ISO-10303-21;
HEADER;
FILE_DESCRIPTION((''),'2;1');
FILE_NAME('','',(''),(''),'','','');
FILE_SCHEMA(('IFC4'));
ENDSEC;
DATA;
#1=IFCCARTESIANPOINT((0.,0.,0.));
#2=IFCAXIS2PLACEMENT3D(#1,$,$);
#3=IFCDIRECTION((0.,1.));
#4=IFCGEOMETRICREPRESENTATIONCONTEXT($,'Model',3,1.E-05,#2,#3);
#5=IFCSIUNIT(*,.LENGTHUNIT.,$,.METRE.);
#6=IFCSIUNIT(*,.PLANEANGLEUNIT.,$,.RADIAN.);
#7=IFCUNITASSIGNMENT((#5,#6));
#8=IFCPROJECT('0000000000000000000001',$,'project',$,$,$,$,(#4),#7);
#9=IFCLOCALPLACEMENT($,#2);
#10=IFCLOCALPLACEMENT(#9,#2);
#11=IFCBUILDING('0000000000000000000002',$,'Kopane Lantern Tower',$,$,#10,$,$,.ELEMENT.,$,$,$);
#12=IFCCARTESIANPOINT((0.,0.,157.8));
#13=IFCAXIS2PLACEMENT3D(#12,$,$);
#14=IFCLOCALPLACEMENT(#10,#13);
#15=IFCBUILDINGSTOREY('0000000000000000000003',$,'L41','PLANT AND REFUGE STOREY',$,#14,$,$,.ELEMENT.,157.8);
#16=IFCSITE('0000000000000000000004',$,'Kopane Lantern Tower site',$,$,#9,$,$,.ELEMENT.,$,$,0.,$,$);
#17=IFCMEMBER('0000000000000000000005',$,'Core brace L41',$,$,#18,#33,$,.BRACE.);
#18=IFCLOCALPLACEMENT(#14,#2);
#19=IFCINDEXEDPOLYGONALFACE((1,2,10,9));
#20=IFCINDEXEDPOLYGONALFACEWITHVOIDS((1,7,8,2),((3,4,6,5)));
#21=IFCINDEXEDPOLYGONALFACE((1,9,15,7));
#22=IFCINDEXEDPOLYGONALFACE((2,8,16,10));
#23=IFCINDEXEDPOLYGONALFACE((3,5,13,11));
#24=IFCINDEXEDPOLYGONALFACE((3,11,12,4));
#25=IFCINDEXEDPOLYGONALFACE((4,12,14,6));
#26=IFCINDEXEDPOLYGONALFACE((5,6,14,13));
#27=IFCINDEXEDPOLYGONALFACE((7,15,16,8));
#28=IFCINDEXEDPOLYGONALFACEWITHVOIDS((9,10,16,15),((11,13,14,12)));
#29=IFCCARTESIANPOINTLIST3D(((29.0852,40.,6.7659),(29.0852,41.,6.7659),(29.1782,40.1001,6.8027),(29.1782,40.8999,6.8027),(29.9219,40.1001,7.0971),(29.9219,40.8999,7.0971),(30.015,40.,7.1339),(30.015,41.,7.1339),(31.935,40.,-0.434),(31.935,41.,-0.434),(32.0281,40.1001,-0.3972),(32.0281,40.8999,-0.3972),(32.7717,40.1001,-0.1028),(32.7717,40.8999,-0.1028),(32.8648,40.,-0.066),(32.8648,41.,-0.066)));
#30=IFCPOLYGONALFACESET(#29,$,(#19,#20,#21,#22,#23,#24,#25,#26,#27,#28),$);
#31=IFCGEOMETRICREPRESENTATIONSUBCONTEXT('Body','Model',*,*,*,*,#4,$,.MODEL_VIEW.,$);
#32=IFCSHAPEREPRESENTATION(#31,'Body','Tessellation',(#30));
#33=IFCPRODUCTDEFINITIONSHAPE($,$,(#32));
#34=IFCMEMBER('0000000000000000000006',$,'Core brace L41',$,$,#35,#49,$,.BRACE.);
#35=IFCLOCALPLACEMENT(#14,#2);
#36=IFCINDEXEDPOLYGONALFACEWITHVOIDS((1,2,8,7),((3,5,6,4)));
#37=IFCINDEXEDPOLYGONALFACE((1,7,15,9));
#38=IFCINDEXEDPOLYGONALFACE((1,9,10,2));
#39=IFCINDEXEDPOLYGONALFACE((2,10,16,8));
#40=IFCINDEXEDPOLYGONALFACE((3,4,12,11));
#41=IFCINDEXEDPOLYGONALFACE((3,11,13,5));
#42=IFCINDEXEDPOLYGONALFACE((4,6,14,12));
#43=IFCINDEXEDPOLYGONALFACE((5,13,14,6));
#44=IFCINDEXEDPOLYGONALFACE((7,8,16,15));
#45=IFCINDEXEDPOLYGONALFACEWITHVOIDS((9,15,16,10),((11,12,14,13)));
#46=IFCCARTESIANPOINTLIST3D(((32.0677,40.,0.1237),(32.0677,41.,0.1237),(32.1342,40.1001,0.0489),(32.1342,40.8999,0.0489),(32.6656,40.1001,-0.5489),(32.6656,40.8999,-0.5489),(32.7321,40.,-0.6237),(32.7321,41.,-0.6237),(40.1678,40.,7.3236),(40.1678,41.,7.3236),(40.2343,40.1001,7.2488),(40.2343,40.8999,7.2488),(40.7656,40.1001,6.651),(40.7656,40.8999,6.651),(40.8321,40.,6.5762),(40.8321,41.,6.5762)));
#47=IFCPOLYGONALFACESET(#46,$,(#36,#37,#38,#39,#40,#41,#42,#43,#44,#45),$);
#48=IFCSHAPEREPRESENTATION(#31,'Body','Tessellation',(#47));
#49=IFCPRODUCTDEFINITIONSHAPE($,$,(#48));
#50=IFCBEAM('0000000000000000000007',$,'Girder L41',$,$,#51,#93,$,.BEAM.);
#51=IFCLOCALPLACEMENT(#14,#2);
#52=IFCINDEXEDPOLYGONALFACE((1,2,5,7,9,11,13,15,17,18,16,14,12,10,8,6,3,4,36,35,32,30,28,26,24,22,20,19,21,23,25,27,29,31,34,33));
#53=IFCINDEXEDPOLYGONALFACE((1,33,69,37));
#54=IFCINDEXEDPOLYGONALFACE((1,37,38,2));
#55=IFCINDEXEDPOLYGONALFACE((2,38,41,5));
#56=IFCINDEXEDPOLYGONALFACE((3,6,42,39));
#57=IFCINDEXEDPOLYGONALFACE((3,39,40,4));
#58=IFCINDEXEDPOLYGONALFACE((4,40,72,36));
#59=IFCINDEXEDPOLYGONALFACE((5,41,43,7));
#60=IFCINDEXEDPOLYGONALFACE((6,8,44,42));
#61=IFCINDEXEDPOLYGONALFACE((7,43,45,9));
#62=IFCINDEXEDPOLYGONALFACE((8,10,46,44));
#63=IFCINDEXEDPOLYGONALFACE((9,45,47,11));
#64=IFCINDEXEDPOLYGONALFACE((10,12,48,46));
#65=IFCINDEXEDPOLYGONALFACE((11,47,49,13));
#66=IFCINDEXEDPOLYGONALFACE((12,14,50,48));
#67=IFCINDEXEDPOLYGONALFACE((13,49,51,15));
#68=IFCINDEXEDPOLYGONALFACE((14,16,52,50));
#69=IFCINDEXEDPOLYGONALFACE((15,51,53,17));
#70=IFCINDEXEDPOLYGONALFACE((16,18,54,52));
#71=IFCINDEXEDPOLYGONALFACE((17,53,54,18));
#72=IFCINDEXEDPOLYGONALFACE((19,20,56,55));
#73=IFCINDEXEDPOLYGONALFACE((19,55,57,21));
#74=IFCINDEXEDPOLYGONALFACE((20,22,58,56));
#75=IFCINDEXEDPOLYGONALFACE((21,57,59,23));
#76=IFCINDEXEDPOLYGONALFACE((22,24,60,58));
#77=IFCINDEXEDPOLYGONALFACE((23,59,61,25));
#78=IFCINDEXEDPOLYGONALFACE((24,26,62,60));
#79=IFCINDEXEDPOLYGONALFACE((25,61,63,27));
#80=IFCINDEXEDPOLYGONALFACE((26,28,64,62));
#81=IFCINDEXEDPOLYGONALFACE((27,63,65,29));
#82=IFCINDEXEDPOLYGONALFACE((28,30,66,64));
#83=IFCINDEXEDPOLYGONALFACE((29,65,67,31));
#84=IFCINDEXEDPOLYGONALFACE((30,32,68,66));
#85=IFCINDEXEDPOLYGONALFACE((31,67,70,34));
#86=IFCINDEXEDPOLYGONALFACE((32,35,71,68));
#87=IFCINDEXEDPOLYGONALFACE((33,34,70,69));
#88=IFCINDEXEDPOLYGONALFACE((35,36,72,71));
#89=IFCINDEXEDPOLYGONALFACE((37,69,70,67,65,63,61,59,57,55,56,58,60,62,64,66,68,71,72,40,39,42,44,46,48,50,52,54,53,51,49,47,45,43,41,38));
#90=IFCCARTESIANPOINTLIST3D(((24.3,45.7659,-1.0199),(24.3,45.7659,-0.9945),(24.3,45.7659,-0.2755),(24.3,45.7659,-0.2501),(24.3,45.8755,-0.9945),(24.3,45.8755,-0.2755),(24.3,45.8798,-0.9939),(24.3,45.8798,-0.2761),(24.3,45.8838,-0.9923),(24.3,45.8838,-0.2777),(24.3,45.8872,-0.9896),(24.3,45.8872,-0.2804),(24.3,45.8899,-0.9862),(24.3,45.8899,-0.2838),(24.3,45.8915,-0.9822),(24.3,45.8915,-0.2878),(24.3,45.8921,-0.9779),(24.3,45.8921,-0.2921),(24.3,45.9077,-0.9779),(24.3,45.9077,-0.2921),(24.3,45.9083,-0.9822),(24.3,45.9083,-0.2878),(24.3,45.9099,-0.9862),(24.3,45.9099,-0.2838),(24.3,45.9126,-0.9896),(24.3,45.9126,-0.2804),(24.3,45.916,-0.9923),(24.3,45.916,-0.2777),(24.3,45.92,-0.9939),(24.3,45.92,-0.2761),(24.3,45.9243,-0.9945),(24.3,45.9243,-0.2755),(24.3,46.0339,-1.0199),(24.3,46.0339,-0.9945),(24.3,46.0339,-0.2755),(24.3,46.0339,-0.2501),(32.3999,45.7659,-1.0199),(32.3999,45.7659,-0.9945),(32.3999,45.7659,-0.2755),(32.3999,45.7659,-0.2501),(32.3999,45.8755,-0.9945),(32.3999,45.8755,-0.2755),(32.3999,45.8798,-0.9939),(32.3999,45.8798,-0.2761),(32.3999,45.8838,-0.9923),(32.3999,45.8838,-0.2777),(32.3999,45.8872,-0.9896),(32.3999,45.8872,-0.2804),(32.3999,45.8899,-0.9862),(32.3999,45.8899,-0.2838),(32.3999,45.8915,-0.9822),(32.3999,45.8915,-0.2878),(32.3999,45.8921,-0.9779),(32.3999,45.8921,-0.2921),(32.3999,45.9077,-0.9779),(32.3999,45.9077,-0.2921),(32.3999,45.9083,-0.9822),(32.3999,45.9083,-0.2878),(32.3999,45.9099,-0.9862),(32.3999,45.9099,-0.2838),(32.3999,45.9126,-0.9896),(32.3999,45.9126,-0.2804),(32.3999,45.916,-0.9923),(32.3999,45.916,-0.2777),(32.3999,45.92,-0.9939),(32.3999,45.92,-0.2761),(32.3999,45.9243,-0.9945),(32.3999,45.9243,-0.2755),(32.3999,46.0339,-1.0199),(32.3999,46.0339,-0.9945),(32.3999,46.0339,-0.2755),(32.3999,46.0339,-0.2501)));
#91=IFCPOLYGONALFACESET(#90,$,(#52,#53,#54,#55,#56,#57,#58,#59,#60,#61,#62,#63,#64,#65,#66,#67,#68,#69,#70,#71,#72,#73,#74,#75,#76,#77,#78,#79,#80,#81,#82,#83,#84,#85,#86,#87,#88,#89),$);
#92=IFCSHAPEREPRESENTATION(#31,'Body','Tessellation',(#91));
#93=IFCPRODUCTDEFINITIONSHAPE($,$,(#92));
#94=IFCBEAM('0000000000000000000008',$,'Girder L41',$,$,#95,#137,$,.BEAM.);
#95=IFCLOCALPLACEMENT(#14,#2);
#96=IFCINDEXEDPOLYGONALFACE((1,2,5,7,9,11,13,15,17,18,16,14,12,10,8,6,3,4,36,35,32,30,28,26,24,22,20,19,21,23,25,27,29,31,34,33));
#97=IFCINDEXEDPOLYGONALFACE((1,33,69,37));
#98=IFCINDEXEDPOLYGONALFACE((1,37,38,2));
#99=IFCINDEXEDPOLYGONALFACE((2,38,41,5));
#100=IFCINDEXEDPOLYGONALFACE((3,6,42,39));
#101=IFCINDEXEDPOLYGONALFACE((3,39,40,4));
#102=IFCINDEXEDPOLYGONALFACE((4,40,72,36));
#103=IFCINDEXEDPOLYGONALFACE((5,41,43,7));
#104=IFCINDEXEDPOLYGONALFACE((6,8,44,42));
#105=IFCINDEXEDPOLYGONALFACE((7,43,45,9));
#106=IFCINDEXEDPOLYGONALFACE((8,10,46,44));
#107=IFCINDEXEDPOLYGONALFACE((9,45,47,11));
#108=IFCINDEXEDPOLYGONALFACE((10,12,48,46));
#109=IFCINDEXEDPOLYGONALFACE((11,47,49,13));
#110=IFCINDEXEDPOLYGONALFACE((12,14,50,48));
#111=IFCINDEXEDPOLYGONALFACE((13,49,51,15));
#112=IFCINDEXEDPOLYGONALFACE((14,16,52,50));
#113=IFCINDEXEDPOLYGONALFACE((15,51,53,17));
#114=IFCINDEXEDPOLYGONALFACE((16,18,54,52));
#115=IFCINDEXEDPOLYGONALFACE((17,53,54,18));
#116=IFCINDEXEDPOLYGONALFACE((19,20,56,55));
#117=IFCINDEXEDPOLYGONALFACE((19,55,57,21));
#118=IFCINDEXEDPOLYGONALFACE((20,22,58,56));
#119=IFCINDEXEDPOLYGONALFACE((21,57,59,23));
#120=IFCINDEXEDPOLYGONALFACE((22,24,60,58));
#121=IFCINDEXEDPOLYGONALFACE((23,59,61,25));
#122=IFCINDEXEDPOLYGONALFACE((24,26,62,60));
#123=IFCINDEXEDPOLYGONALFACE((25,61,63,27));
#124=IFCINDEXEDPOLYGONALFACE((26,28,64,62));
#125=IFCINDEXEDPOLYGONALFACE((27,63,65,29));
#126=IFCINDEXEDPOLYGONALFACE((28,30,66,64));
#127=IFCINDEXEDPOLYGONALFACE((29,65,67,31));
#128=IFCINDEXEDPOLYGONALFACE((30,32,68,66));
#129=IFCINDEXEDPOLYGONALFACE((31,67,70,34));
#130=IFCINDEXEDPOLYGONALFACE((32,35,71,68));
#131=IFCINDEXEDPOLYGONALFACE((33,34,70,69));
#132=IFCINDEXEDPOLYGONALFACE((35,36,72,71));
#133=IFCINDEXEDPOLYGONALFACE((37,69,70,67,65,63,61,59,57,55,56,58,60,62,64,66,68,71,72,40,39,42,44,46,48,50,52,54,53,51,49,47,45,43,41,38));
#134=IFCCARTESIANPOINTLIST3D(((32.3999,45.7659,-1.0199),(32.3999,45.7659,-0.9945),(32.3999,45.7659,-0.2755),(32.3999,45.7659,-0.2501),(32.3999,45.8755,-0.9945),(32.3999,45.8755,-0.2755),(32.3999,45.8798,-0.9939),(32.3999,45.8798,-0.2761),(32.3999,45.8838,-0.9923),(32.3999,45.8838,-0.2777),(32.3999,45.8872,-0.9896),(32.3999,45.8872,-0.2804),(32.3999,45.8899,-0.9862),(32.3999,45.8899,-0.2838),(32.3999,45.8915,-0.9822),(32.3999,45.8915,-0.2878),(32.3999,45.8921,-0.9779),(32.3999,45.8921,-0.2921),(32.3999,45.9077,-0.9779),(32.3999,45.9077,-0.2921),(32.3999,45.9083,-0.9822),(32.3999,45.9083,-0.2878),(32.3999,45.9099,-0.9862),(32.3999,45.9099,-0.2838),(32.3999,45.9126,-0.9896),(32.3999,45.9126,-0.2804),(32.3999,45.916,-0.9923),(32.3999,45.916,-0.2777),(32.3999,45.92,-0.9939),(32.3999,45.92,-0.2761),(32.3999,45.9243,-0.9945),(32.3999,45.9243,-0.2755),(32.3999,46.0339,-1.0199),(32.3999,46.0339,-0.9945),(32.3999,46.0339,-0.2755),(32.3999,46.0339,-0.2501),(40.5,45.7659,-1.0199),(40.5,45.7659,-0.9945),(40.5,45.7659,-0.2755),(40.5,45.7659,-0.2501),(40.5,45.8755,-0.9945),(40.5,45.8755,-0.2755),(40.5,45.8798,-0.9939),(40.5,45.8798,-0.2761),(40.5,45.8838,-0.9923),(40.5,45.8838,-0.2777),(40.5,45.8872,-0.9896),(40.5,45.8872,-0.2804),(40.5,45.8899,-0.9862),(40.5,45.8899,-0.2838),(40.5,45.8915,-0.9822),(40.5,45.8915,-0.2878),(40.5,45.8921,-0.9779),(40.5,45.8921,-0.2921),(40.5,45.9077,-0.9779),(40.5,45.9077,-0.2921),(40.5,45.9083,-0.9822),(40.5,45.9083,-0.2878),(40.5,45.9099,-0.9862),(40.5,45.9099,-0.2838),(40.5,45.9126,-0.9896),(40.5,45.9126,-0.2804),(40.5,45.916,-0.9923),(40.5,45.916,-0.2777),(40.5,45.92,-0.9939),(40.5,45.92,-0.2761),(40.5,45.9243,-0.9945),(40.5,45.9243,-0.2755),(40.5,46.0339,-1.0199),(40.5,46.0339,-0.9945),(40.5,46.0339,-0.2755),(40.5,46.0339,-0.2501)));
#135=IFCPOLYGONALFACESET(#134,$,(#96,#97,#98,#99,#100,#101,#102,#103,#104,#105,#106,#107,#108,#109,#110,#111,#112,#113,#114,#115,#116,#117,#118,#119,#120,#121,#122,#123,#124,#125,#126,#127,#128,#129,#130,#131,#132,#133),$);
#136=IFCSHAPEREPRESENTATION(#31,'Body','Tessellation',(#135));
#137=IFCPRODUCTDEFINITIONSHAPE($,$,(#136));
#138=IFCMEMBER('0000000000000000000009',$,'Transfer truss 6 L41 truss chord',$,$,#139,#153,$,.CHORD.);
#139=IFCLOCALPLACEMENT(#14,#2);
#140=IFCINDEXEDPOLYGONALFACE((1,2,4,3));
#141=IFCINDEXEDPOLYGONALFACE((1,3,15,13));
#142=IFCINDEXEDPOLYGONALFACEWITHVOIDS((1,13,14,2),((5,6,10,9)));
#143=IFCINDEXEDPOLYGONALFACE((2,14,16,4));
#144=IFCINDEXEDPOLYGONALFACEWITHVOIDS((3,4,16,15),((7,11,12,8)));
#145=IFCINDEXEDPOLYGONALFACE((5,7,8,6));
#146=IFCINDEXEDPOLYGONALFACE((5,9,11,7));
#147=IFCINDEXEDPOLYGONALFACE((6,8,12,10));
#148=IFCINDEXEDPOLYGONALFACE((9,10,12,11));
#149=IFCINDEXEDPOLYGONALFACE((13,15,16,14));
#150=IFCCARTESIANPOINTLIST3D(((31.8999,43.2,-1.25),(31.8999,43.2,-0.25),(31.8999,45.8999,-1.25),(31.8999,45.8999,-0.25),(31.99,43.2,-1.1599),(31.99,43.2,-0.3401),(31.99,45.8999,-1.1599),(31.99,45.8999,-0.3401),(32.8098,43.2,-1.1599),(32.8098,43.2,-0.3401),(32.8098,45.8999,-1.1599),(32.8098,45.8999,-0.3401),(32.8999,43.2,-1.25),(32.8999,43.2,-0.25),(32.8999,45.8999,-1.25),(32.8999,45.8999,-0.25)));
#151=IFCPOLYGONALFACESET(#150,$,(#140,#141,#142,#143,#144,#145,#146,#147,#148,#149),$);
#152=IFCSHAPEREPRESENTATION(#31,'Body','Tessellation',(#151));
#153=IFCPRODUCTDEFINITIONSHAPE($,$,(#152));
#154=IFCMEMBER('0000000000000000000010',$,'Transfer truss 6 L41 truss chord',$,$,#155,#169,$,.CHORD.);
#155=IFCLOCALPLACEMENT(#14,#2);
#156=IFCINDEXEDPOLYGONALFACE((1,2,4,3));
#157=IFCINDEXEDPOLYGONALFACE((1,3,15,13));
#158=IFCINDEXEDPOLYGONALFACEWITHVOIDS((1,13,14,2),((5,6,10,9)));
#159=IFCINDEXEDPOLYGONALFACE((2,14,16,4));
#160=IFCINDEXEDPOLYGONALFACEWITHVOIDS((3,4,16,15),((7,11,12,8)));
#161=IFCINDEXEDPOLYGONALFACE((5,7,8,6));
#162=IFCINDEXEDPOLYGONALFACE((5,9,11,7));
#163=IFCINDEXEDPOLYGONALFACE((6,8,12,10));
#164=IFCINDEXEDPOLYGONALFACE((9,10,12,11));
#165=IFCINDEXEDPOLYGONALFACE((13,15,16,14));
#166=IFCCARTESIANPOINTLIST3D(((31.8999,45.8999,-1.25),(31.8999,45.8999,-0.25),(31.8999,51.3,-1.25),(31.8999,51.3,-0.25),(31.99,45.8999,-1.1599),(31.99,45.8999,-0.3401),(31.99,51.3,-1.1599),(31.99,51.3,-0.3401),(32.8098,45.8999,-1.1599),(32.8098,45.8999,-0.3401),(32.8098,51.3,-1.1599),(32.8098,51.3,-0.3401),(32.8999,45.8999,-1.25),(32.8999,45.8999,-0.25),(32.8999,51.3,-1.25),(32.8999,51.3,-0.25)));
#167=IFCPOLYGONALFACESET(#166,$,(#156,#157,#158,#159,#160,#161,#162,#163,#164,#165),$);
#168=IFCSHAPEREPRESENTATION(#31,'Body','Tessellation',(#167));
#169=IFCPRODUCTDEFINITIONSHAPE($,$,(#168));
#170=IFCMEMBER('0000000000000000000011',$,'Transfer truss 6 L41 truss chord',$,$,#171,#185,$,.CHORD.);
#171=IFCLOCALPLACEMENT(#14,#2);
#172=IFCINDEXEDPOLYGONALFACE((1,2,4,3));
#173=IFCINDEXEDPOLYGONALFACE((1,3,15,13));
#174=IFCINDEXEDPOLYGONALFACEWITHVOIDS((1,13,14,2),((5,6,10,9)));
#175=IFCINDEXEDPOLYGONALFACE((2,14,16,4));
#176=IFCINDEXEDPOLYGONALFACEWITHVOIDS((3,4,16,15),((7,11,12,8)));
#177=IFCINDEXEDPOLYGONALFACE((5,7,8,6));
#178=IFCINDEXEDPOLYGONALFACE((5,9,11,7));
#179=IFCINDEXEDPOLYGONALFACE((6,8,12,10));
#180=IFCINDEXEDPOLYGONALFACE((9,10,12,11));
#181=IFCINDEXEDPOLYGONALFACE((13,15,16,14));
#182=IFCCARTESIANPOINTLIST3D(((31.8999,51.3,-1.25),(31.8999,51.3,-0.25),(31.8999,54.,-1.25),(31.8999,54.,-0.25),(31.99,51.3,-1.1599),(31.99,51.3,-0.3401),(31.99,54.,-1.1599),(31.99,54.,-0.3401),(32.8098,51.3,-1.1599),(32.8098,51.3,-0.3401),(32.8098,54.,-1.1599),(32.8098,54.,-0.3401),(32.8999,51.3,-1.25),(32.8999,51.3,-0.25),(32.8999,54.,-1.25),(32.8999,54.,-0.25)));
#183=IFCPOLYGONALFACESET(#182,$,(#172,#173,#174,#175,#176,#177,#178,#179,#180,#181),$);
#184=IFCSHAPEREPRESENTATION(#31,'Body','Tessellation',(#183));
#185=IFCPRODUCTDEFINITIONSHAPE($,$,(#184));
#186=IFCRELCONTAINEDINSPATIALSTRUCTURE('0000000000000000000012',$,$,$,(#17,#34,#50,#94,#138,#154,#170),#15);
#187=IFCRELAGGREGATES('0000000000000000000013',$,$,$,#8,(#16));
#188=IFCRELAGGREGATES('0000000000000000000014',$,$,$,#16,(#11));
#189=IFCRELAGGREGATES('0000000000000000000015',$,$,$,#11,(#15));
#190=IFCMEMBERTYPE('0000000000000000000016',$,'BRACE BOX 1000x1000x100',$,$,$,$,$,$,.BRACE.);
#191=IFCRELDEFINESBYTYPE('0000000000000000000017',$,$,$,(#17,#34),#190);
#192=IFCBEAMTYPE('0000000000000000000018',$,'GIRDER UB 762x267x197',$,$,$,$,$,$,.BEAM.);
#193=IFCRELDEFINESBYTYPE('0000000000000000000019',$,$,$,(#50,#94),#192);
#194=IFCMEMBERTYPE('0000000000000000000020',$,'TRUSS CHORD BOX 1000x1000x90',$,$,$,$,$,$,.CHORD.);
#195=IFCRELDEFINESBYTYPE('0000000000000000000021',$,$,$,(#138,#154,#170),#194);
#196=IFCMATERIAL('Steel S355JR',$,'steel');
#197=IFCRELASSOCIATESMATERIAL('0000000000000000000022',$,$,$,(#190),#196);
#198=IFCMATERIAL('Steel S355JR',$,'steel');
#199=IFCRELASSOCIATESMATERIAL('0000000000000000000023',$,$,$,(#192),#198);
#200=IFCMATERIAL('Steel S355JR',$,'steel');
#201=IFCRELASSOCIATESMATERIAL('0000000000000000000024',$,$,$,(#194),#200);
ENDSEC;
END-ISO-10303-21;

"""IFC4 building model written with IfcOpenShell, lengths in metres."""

from ifc_helpers import new_model, si_unit, direction, frame, origin, origin_2d, place, context, subcontext, project, spatial, hollow_rectangle, i_section, extrude, material, material_profile, profile_set, type_object, element, save


model = new_model("IFC4")

# Units and contexts
model_context = context("Model", 3, precision=1e-05, world=origin(), true_north=direction((0.0, 1.0)))
body_context = subcontext(model_context, "Body", "Model", "MODEL_VIEW")
ifc_project = project(units=[si_unit("LENGTHUNIT", "METRE"), si_unit("PLANEANGLEUNIT", "RADIAN")], contexts=[model_context])

# Site, building, storey
site_placement = place(None, origin())
site = spatial("IfcSite", under=ifc_project, at=site_placement, Name="Kopane Lantern Tower site", CompositionType="ELEMENT", RefElevation=0.0)
building_placement = place(site_placement, origin())
building = spatial("IfcBuilding", under=site, at=building_placement, Name="Kopane Lantern Tower", CompositionType="ELEMENT")
storey_placement = place(building_placement, frame((0.0, 0.0, 157.8)))
storey = spatial("IfcBuildingStorey", under=building, at=storey_placement, Name="L41", Description="PLANT AND REFUGE STOREY", CompositionType="ELEMENT", Elevation=157.8)

# Members
ifc_material_1 = material(Name="Steel S355JR", Category="steel")
ifc_material_profile_1 = material_profile(ifc_material_1, hollow_rectangle(XDim=1.0, YDim=1.0, WallThickness=0.1001, at=origin_2d()), Name="BOX 1000x1000x100")
ifc_profile_set_1 = profile_set([ifc_material_profile_1], Name="Steel S355JR")
member_type_1 = type_object("IfcMemberType", Name="BRACE BOX 1000x1000x100", PredefinedType="BRACE", material=ifc_profile_set_1)
member_1_placement = place(storey_placement, frame((32.3999, 40.5, -0.25), z_axis=(-0.368034, 0.0, 0.929812), x_axis=(0.0, -1.0, 0.0)))
element("IfcMember", 1, at=member_1_placement, inside=storey, type_object=member_type_1, Name="Core brace L41", PredefinedType="BRACE", context=body_context, shape_type="SweptSolid", body=[
    extrude(hollow_rectangle(XDim=1.0, YDim=1.0, WallThickness=0.1001, at=origin_2d()), origin(), (0.0, 0.0, 1.0), 7.7434),
])
member_2_placement = place(storey_placement, frame((32.3999, 40.5, -0.25), z_axis=(0.747416, 0.0, 0.664357), x_axis=(0.0, 1.0, 0.0)))
element("IfcMember", 2, at=member_2_placement, inside=storey, type_object=member_type_1, Name="Core brace L41", PredefinedType="BRACE", context=body_context, shape_type="SweptSolid", body=[
    extrude(hollow_rectangle(XDim=1.0, YDim=1.0, WallThickness=0.1001, at=origin_2d()), origin(), (0.0, 0.0, 1.0), 10.8374),
])

# Beams
ifc_material_2 = material(Name="Steel S355JR", Category="steel")
ifc_material_profile_2 = material_profile(ifc_material_2, i_section(OverallWidth=0.2681, OverallDepth=0.7698, WebThickness=0.0156, FlangeThickness=0.0254, FilletRadius=0.0166, at=origin_2d()), Name="UB 762x267x197")
ifc_profile_set_2 = profile_set([ifc_material_profile_2], Name="Steel S355JR")
beam_type = type_object("IfcBeamType", Name="GIRDER UB 762x267x197", PredefinedType="BEAM", material=ifc_profile_set_2)
beam_1_placement = place(storey_placement, frame((24.3, 45.8999, -0.635), z_axis=(1.0, 0.0, 0.0), x_axis=(0.0, 1.0, 0.0)))
element("IfcBeam", 3, at=beam_1_placement, inside=storey, type_object=beam_type, Name="Girder L41", PredefinedType="BEAM", context=body_context, shape_type="SweptSolid", body=[
    extrude(i_section(OverallWidth=0.2681, OverallDepth=0.7698, WebThickness=0.0156, FlangeThickness=0.0254, FilletRadius=0.0166, at=origin_2d()), origin(), (0.0, 0.0, 1.0), 8.0999),
])
beam_2_placement = place(storey_placement, frame((32.3999, 45.8999, -0.635), z_axis=(1.0, 0.0, 0.0), x_axis=(0.0, 1.0, 0.0)))
element("IfcBeam", 4, at=beam_2_placement, inside=storey, type_object=beam_type, Name="Girder L41", PredefinedType="BEAM", context=body_context, shape_type="SweptSolid", body=[
    extrude(i_section(OverallWidth=0.2681, OverallDepth=0.7698, WebThickness=0.0156, FlangeThickness=0.0254, FilletRadius=0.0166, at=origin_2d()), origin(), (0.0, 0.0, 1.0), 8.1001),
])

# Members
ifc_material_3 = material(Name="Steel S355JR", Category="steel")
ifc_material_profile_3 = material_profile(ifc_material_3, hollow_rectangle(XDim=1.0, YDim=1.0, WallThickness=0.0901, at=origin_2d()), Name="BOX 1000x1000x90")
ifc_profile_set_3 = profile_set([ifc_material_profile_3], Name="Steel S355JR")
member_type_2 = type_object("IfcMemberType", Name="TRUSS CHORD BOX 1000x1000x90", PredefinedType="CHORD", material=ifc_profile_set_3)
member_3_placement = place(storey_placement, frame((32.3999, 43.2, -0.75), z_axis=(0.0, 1.0, 0.0), x_axis=(-1.0, 0.0, 0.0)))
element("IfcMember", 5, at=member_3_placement, inside=storey, type_object=member_type_2, Name="Transfer truss 6 L41 truss chord", PredefinedType="CHORD", context=body_context, shape_type="SweptSolid", body=[
    extrude(hollow_rectangle(XDim=1.0, YDim=1.0, WallThickness=0.0901, at=origin_2d()), origin(), (0.0, 0.0, 1.0), 2.7),
])
member_4_placement = place(storey_placement, frame((32.3999, 45.8999, -0.75), z_axis=(0.0, 1.0, 0.0), x_axis=(-1.0, 0.0, 0.0)))
element("IfcMember", 6, at=member_4_placement, inside=storey, type_object=member_type_2, Name="Transfer truss 6 L41 truss chord", PredefinedType="CHORD", context=body_context, shape_type="SweptSolid", body=[
    extrude(hollow_rectangle(XDim=1.0, YDim=1.0, WallThickness=0.0901, at=origin_2d()), origin(), (0.0, 0.0, 1.0), 5.4001),
])
for number, where, z_axis, x_axis, name in (
    (7, (32.3999, 51.3, -0.75), (0.0, 1.0, 0.0), (-1.0, 0.0, 0.0), "Transfer truss 6 L41 truss chord"),
):
    element("IfcMember", number, at=place(storey_placement, frame(where, z_axis=z_axis, x_axis=x_axis)), inside=storey, type_object=member_type_2, Name=name, PredefinedType="CHORD", context=body_context, shape_type="SweptSolid", body=[
        extrude(hollow_rectangle(XDim=1.0, YDim=1.0, WallThickness=0.0901, at=origin_2d()), origin(), (0.0, 0.0, 1.0), 2.7),
    ])

save(model, "model.ifc")
